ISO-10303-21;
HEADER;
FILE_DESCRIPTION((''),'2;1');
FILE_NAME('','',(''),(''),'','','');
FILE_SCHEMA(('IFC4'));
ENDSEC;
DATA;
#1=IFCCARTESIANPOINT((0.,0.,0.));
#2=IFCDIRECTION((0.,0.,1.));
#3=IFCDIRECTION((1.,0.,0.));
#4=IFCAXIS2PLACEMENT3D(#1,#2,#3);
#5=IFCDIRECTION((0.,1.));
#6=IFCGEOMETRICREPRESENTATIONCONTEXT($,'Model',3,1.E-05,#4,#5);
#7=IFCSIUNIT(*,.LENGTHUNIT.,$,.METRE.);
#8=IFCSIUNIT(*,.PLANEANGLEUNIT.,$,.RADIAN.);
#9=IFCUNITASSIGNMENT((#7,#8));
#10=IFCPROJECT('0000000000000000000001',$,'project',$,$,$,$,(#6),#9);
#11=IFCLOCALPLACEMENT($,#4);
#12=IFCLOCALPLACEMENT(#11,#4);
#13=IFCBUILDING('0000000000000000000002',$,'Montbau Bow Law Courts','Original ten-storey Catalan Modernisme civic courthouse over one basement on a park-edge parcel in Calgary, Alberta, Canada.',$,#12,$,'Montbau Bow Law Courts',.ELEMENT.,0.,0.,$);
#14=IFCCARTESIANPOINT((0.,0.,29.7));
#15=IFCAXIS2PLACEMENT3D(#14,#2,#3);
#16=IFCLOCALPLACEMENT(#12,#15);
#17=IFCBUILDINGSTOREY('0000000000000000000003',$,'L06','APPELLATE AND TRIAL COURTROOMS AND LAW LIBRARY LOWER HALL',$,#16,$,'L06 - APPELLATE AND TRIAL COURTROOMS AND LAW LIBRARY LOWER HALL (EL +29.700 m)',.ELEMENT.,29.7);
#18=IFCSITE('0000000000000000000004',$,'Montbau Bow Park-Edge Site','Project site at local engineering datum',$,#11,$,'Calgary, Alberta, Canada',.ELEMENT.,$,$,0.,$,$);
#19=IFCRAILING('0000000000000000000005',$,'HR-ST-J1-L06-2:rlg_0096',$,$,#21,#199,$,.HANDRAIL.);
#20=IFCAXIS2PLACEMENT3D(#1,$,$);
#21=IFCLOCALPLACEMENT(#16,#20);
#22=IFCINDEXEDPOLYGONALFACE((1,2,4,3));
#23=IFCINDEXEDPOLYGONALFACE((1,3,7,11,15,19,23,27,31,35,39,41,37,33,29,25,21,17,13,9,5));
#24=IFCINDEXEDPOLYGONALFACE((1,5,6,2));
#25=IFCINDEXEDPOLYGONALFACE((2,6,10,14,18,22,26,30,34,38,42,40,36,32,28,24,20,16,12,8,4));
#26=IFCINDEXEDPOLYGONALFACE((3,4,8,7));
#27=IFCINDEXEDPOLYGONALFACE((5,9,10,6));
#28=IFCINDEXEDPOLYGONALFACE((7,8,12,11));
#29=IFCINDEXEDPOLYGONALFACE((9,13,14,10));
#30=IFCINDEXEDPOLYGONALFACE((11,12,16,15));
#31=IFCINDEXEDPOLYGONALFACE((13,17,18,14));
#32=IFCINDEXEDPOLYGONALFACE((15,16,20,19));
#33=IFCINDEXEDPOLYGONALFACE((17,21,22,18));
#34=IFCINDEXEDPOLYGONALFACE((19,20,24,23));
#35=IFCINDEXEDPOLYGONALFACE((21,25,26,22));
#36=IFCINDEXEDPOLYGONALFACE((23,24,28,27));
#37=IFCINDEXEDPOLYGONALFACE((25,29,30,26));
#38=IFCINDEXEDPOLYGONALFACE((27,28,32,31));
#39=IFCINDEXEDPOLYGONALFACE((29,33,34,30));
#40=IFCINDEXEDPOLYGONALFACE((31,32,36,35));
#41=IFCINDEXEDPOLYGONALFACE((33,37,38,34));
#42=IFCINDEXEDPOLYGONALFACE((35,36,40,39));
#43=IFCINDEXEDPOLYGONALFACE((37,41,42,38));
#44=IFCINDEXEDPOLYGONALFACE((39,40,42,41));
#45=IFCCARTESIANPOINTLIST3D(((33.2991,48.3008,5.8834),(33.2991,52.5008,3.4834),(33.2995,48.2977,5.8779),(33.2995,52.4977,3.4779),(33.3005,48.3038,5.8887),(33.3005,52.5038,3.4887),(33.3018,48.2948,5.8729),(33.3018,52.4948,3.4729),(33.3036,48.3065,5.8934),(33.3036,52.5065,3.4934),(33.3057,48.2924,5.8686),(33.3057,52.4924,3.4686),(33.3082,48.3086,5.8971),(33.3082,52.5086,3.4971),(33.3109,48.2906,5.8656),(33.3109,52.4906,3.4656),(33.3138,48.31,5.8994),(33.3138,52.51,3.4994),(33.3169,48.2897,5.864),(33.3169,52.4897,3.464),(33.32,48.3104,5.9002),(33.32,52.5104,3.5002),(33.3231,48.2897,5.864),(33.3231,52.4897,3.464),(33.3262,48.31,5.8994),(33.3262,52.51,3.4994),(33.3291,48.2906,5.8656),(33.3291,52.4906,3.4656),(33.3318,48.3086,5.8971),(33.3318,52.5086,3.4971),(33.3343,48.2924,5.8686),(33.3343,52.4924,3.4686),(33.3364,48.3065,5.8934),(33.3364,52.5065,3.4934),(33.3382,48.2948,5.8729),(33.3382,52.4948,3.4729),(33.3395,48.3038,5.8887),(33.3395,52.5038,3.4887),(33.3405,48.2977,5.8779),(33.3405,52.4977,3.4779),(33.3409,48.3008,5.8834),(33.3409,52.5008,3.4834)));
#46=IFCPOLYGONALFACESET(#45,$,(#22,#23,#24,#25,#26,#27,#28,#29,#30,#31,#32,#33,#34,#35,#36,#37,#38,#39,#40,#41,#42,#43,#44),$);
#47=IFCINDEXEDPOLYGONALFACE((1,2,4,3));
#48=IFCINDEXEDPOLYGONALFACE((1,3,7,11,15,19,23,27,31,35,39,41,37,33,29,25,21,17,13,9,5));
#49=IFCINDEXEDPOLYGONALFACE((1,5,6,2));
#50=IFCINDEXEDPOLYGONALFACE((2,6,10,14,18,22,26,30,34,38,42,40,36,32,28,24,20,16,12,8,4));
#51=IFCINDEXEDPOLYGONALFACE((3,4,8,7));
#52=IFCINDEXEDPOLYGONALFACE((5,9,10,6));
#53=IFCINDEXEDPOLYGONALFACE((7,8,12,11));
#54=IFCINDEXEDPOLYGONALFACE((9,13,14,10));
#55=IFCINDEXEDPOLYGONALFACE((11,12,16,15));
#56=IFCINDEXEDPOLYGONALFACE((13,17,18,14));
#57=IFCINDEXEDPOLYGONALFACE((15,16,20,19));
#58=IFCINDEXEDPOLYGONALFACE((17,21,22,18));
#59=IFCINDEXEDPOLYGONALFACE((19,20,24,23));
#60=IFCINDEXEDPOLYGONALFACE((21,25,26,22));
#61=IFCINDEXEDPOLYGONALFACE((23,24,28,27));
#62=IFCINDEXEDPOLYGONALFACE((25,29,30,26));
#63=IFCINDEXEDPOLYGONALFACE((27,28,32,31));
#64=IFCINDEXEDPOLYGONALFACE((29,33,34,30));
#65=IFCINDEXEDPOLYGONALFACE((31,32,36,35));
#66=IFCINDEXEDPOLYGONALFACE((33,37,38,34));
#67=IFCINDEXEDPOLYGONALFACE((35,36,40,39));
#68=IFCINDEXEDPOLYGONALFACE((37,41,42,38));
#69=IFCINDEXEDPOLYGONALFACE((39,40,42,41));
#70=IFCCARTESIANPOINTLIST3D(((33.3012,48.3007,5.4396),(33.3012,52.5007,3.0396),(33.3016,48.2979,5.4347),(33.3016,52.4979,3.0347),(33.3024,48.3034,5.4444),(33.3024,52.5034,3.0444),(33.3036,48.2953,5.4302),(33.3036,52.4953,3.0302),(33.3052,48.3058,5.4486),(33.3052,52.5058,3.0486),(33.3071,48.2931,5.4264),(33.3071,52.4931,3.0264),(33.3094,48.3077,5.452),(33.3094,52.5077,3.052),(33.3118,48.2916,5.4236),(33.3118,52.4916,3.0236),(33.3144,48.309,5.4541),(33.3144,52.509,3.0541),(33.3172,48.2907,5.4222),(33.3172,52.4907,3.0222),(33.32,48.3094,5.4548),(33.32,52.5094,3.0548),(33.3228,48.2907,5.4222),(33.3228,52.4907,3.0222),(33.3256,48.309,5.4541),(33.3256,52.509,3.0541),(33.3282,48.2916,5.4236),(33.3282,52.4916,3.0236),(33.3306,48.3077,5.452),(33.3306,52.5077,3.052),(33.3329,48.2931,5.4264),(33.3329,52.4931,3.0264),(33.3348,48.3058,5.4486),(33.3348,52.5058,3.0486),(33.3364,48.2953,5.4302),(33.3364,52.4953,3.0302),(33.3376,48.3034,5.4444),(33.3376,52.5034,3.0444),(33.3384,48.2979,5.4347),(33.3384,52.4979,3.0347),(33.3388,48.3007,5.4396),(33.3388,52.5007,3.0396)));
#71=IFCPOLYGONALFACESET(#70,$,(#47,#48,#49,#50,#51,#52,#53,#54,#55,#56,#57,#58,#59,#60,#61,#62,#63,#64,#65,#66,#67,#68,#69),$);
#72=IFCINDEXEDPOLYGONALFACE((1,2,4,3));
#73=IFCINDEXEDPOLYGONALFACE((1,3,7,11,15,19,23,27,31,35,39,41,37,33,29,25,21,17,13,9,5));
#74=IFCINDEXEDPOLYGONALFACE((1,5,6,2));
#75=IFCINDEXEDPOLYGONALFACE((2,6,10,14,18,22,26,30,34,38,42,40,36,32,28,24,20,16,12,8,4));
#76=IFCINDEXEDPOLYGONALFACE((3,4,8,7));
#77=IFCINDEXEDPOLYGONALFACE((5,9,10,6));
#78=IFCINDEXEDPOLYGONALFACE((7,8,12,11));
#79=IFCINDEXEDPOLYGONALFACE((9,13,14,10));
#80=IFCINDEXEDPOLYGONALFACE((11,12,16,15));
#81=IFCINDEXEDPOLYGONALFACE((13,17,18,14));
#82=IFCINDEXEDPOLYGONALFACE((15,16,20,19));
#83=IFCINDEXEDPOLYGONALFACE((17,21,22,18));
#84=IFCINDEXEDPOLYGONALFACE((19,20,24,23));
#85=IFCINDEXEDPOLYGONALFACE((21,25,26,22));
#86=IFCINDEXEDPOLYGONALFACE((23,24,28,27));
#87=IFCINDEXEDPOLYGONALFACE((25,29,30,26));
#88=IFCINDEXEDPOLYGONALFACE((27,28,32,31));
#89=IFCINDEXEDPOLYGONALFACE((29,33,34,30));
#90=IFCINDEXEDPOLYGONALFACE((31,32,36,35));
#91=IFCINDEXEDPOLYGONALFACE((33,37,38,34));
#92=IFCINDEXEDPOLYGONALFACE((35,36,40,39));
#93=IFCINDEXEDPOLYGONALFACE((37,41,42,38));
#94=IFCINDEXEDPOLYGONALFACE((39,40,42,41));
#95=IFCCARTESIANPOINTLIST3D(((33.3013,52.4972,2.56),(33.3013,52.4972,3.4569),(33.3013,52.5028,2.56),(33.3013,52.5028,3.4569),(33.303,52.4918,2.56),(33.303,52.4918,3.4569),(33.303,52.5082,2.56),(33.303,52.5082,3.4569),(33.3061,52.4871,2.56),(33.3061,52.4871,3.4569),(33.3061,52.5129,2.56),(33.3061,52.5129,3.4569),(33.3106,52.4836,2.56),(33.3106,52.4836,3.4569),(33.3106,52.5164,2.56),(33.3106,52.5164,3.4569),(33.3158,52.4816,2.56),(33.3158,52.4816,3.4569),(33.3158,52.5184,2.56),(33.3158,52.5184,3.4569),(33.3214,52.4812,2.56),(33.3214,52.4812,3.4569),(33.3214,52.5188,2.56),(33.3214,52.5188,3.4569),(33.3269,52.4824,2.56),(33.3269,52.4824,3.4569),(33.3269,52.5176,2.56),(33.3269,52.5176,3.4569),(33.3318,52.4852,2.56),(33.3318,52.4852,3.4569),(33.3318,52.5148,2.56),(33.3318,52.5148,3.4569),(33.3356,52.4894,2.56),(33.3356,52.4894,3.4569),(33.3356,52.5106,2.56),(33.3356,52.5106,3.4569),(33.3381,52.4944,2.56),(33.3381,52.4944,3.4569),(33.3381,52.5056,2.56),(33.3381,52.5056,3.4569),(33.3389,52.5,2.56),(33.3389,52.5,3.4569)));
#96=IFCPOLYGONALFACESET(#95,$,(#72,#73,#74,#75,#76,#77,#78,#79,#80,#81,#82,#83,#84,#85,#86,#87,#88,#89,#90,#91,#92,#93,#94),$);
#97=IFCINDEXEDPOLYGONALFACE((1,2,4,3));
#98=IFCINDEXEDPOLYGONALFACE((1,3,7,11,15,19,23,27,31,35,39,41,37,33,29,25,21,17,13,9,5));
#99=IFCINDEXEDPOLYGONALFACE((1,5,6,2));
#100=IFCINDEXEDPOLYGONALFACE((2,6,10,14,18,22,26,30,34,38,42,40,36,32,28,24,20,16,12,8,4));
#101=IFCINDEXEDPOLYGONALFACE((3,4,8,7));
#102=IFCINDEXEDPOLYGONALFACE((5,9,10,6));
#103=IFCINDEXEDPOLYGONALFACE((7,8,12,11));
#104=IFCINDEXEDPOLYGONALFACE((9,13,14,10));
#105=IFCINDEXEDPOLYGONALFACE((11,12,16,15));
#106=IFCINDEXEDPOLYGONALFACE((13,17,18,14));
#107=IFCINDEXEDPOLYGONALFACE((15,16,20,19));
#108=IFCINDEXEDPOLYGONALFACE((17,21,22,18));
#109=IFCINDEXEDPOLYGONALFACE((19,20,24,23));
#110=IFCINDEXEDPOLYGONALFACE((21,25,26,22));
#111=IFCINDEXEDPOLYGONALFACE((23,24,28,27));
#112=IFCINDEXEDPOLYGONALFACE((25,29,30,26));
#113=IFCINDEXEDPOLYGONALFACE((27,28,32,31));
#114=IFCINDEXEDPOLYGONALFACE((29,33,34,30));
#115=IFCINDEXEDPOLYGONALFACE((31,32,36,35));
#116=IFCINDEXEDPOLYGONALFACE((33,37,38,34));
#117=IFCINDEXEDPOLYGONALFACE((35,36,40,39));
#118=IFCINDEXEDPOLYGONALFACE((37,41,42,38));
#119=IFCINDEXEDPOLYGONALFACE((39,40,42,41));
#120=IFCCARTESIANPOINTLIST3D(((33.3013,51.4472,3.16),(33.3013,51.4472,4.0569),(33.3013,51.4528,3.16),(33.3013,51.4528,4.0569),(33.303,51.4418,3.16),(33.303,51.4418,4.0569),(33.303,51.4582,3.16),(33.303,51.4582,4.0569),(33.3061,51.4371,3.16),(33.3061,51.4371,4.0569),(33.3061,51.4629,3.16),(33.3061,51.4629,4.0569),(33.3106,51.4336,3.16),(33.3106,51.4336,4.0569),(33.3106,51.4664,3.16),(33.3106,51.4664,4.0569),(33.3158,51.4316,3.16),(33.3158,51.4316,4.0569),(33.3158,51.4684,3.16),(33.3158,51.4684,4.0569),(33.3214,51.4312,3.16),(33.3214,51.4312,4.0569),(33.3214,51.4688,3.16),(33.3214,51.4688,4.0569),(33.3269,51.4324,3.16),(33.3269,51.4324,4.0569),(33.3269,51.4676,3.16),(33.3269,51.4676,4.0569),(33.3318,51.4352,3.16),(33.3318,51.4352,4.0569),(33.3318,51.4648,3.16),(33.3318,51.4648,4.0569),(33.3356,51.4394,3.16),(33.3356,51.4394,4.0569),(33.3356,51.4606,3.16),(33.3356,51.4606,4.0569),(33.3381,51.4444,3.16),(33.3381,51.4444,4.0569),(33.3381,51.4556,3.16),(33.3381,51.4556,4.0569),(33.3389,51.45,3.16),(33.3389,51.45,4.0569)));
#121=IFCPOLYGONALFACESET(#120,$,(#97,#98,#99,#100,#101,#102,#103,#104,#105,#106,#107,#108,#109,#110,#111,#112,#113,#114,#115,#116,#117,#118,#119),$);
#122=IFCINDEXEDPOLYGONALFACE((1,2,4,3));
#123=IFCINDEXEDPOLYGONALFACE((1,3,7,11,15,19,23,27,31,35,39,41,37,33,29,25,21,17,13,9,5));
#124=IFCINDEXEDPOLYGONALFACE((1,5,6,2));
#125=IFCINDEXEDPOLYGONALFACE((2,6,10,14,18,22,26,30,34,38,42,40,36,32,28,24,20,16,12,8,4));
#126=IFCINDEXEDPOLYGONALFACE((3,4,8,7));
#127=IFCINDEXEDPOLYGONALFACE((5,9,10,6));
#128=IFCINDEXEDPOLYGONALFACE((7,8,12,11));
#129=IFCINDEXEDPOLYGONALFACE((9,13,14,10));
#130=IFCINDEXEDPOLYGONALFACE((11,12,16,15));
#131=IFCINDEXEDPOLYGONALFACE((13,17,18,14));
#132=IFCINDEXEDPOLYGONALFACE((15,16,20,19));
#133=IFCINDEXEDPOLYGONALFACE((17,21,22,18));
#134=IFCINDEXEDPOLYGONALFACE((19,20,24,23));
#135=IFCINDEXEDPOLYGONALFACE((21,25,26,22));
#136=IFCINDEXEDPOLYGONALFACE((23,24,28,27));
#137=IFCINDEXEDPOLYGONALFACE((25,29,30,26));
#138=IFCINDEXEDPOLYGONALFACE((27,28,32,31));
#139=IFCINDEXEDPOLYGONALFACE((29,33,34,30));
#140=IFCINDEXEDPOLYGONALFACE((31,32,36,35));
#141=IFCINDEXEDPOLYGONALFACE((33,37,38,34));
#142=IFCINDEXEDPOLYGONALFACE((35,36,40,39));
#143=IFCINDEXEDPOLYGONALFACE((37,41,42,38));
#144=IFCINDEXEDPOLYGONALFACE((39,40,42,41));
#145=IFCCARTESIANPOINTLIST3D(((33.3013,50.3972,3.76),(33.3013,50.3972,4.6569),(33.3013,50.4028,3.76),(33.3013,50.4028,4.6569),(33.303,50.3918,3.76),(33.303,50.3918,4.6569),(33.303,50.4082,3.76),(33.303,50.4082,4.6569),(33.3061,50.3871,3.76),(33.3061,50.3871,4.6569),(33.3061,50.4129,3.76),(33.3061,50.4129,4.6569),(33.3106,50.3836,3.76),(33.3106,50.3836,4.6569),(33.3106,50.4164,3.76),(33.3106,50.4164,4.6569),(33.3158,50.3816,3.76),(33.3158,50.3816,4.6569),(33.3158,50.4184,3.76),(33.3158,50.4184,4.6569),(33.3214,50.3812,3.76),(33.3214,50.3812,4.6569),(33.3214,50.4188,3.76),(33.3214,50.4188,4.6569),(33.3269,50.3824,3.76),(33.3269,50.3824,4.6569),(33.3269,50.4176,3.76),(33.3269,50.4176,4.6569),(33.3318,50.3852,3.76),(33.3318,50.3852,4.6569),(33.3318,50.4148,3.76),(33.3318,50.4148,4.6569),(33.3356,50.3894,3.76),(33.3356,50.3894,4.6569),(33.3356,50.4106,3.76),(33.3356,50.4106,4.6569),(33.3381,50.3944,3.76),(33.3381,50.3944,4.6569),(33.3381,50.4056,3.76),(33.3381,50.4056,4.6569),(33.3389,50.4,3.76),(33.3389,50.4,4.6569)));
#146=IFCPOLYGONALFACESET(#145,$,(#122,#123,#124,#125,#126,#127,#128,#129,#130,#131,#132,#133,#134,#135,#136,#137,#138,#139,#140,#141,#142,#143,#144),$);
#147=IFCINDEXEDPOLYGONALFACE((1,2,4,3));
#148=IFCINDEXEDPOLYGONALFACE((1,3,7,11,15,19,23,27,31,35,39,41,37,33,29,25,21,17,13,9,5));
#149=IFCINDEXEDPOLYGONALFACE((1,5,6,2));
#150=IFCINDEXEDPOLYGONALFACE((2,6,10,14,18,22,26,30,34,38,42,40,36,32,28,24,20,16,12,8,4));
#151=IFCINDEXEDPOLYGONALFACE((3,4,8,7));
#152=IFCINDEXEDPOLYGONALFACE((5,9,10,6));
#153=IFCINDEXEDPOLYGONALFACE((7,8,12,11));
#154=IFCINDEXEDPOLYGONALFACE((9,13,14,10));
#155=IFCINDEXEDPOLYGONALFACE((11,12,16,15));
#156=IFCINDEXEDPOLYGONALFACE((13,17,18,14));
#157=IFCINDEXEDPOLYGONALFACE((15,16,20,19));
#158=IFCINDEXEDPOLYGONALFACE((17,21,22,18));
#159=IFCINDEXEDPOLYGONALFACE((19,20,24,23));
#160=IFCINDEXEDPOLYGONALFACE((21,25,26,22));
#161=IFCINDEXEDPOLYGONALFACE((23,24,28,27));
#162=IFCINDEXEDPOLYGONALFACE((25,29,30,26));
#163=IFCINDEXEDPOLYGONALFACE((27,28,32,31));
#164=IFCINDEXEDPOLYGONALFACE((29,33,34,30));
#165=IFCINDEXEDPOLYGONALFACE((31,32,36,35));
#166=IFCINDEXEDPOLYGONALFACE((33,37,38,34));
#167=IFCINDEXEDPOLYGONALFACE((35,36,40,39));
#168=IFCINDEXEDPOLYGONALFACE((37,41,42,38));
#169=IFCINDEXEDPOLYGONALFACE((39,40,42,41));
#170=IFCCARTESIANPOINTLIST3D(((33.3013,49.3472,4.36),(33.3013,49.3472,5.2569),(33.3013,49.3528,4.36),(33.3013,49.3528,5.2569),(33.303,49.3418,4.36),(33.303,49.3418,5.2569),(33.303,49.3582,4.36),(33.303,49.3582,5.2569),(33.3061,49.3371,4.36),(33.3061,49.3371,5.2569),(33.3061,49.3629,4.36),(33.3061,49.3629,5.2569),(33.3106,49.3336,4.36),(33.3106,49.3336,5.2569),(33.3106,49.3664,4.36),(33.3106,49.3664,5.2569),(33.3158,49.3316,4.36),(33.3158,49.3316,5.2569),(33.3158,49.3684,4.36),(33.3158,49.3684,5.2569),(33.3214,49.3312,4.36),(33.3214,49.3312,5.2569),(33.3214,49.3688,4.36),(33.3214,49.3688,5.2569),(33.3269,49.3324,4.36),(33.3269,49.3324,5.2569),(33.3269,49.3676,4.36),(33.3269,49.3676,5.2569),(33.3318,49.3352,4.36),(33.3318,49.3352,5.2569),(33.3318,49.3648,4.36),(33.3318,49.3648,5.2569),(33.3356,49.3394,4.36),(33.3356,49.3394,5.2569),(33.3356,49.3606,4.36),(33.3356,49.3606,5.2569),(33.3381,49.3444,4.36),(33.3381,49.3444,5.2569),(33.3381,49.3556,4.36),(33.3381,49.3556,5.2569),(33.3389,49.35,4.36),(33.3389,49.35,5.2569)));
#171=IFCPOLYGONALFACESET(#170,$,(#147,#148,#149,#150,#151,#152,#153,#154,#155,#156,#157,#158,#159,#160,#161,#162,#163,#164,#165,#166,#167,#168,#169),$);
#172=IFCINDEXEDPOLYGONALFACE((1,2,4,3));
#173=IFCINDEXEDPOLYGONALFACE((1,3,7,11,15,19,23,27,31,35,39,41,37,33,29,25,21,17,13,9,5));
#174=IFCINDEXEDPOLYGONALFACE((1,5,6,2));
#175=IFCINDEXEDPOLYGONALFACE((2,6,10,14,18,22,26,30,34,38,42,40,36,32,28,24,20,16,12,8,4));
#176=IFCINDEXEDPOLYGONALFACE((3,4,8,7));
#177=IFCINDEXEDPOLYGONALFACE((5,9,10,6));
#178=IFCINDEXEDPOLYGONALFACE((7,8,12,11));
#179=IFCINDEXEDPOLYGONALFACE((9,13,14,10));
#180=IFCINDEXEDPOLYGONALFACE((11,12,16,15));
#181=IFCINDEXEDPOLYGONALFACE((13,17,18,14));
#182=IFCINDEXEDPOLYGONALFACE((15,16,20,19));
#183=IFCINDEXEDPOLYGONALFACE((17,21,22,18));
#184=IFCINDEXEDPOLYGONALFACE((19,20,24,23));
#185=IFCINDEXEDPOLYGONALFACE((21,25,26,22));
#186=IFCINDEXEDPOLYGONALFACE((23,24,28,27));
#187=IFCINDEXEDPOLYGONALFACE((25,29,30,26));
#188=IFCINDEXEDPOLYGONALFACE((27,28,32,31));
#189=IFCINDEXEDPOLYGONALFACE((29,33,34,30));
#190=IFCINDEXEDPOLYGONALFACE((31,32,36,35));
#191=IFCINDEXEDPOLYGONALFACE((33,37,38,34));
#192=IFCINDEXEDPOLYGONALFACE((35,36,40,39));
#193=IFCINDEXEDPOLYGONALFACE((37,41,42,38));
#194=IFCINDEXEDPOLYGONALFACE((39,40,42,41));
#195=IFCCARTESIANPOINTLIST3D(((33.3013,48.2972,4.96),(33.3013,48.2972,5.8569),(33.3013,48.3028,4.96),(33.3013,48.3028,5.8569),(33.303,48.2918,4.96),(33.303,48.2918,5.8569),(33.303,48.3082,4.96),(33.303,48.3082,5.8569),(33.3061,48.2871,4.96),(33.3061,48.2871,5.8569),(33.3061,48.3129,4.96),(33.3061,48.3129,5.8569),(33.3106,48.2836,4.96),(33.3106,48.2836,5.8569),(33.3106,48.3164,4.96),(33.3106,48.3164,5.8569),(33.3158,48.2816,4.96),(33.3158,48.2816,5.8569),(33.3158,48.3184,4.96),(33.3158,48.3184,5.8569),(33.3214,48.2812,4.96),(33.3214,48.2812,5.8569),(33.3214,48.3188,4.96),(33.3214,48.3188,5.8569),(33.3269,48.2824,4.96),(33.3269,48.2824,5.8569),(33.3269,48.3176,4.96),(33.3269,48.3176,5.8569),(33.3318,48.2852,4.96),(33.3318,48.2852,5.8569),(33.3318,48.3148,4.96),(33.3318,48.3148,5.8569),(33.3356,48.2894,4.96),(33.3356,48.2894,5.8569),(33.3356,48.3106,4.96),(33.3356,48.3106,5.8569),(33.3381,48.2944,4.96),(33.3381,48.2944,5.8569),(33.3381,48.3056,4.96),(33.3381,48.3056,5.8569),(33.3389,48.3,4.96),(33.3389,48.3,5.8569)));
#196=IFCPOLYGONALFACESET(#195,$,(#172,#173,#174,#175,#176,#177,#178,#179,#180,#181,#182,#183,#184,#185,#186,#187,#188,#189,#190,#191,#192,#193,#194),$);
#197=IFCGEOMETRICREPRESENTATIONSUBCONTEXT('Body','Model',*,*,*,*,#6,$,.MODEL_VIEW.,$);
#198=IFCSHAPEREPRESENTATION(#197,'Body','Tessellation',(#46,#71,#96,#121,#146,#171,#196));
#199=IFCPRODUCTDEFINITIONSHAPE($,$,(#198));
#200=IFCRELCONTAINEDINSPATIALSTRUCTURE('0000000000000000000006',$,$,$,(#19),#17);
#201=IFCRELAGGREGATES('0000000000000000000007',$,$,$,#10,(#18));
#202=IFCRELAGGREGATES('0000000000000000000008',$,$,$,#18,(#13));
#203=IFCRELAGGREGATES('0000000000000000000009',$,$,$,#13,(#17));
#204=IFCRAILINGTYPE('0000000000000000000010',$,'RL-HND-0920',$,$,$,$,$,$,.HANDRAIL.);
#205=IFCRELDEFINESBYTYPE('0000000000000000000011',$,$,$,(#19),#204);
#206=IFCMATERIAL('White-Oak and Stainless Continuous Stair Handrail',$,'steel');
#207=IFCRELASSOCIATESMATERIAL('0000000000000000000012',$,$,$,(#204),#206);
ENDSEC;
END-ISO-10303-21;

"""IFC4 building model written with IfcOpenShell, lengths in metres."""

from ifc_helpers import new_model, si_unit, direction, frame, origin_with_axes, origin_2d_with_axis, place, context, subcontext, project, spatial, circle, extrude, material, type_object, element, save


model = new_model("IFC4")

# Units and contexts
model_context = context("Model", 3, precision=1e-05, world=origin_with_axes(), true_north=direction((0.0, 1.0)))
body_context = subcontext(model_context, "Body", "Model", "MODEL_VIEW")
ifc_project = project(units=[si_unit("LENGTHUNIT", "METRE"), si_unit("PLANEANGLEUNIT", "RADIAN")], contexts=[model_context])

# Site, building, storey
site_placement = place(None, origin_with_axes())
site = spatial("IfcSite", under=ifc_project, at=site_placement, Name="Montbau Bow Park-Edge Site", Description="Project site at local engineering datum", LongName="Calgary, Alberta, Canada", CompositionType="ELEMENT", RefElevation=0.0)
building_placement = place(site_placement, origin_with_axes())
building = spatial("IfcBuilding", under=site, at=building_placement, Name="Montbau Bow Law Courts", Description="Original ten-storey Catalan Modernisme civic courthouse over one basement on a park-edge parcel in Calgary, Alberta, Canada.", LongName="Montbau Bow Law Courts", CompositionType="ELEMENT", ElevationOfRefHeight=0.0, ElevationOfTerrain=0.0)
storey_placement = place(building_placement, frame((0.0, 0.0, 29.7), z_axis=(0.0, 0.0, 1.0), x_axis=(1.0, 0.0, 0.0)))
storey = spatial("IfcBuildingStorey", under=building, at=storey_placement, Name="L06", Description="APPELLATE AND TRIAL COURTROOMS AND LAW LIBRARY LOWER HALL", LongName="L06 - APPELLATE AND TRIAL COURTROOMS AND LAW LIBRARY LOWER HALL (EL +29.700 m)", CompositionType="ELEMENT", Elevation=29.7)

# Railing
ifc_material_1 = material(Name="White-Oak and Stainless Continuous Stair Handrail", Category="steel")
railing_type_1 = type_object("IfcRailingType", Name="RL-HND-0920", PredefinedType="HANDRAIL", material=ifc_material_1)
railing_1_placement = place(None, origin_with_axes())
element("IfcRailing", 1, at=railing_1_placement, inside=storey, type_object=railing_type_1, Name="HR-ST-J1-L06-2:rlg_0096", PredefinedType="HANDRAIL", context=body_context, shape_type="SweptSolid", body=[
    extrude(circle(Radius=0.021, at=origin_2d_with_axis()), frame((33.32, 52.5, 33.182), z_axis=(0.0, -0.868243, 0.496139), x_axis=(0.0, 0.496139, 0.868243)), (0.0, 0.0, 1.0), 4.8374),
    extrude(circle(Radius=0.0189, at=origin_2d_with_axis()), frame((33.32, 52.5, 32.7384), z_axis=(0.0, -0.868243, 0.496139), x_axis=(0.0, 0.496139, 0.868243)), (0.0, 0.0, 1.0), 4.8374),
    extrude(circle(Radius=0.0189, at=origin_2d_with_axis()), frame((33.32, 52.5, 32.26), z_axis=(0.0, 0.0, 1.0), x_axis=(1.0, 0.0, 0.0)), (0.0, 0.0, 1.0), 0.8969),
    extrude(circle(Radius=0.0189, at=origin_2d_with_axis()), frame((33.32, 51.45, 32.86), z_axis=(0.0, 0.0, 1.0), x_axis=(1.0, 0.0, 0.0)), (0.0, 0.0, 1.0), 0.8969),
    extrude(circle(Radius=0.0189, at=origin_2d_with_axis()), frame((33.32, 50.4, 33.46), z_axis=(0.0, 0.0, 1.0), x_axis=(1.0, 0.0, 0.0)), (0.0, 0.0, 1.0), 0.8969),
    extrude(circle(Radius=0.0189, at=origin_2d_with_axis()), frame((33.32, 49.35, 34.06), z_axis=(0.0, 0.0, 1.0), x_axis=(1.0, 0.0, 0.0)), (0.0, 0.0, 1.0), 0.8969),
    extrude(circle(Radius=0.0189, at=origin_2d_with_axis()), frame((33.32, 48.3, 34.66), z_axis=(0.0, 0.0, 1.0), x_axis=(1.0, 0.0, 0.0)), (0.0, 0.0, 1.0), 0.8969),
])

save(model, "model.ifc")
